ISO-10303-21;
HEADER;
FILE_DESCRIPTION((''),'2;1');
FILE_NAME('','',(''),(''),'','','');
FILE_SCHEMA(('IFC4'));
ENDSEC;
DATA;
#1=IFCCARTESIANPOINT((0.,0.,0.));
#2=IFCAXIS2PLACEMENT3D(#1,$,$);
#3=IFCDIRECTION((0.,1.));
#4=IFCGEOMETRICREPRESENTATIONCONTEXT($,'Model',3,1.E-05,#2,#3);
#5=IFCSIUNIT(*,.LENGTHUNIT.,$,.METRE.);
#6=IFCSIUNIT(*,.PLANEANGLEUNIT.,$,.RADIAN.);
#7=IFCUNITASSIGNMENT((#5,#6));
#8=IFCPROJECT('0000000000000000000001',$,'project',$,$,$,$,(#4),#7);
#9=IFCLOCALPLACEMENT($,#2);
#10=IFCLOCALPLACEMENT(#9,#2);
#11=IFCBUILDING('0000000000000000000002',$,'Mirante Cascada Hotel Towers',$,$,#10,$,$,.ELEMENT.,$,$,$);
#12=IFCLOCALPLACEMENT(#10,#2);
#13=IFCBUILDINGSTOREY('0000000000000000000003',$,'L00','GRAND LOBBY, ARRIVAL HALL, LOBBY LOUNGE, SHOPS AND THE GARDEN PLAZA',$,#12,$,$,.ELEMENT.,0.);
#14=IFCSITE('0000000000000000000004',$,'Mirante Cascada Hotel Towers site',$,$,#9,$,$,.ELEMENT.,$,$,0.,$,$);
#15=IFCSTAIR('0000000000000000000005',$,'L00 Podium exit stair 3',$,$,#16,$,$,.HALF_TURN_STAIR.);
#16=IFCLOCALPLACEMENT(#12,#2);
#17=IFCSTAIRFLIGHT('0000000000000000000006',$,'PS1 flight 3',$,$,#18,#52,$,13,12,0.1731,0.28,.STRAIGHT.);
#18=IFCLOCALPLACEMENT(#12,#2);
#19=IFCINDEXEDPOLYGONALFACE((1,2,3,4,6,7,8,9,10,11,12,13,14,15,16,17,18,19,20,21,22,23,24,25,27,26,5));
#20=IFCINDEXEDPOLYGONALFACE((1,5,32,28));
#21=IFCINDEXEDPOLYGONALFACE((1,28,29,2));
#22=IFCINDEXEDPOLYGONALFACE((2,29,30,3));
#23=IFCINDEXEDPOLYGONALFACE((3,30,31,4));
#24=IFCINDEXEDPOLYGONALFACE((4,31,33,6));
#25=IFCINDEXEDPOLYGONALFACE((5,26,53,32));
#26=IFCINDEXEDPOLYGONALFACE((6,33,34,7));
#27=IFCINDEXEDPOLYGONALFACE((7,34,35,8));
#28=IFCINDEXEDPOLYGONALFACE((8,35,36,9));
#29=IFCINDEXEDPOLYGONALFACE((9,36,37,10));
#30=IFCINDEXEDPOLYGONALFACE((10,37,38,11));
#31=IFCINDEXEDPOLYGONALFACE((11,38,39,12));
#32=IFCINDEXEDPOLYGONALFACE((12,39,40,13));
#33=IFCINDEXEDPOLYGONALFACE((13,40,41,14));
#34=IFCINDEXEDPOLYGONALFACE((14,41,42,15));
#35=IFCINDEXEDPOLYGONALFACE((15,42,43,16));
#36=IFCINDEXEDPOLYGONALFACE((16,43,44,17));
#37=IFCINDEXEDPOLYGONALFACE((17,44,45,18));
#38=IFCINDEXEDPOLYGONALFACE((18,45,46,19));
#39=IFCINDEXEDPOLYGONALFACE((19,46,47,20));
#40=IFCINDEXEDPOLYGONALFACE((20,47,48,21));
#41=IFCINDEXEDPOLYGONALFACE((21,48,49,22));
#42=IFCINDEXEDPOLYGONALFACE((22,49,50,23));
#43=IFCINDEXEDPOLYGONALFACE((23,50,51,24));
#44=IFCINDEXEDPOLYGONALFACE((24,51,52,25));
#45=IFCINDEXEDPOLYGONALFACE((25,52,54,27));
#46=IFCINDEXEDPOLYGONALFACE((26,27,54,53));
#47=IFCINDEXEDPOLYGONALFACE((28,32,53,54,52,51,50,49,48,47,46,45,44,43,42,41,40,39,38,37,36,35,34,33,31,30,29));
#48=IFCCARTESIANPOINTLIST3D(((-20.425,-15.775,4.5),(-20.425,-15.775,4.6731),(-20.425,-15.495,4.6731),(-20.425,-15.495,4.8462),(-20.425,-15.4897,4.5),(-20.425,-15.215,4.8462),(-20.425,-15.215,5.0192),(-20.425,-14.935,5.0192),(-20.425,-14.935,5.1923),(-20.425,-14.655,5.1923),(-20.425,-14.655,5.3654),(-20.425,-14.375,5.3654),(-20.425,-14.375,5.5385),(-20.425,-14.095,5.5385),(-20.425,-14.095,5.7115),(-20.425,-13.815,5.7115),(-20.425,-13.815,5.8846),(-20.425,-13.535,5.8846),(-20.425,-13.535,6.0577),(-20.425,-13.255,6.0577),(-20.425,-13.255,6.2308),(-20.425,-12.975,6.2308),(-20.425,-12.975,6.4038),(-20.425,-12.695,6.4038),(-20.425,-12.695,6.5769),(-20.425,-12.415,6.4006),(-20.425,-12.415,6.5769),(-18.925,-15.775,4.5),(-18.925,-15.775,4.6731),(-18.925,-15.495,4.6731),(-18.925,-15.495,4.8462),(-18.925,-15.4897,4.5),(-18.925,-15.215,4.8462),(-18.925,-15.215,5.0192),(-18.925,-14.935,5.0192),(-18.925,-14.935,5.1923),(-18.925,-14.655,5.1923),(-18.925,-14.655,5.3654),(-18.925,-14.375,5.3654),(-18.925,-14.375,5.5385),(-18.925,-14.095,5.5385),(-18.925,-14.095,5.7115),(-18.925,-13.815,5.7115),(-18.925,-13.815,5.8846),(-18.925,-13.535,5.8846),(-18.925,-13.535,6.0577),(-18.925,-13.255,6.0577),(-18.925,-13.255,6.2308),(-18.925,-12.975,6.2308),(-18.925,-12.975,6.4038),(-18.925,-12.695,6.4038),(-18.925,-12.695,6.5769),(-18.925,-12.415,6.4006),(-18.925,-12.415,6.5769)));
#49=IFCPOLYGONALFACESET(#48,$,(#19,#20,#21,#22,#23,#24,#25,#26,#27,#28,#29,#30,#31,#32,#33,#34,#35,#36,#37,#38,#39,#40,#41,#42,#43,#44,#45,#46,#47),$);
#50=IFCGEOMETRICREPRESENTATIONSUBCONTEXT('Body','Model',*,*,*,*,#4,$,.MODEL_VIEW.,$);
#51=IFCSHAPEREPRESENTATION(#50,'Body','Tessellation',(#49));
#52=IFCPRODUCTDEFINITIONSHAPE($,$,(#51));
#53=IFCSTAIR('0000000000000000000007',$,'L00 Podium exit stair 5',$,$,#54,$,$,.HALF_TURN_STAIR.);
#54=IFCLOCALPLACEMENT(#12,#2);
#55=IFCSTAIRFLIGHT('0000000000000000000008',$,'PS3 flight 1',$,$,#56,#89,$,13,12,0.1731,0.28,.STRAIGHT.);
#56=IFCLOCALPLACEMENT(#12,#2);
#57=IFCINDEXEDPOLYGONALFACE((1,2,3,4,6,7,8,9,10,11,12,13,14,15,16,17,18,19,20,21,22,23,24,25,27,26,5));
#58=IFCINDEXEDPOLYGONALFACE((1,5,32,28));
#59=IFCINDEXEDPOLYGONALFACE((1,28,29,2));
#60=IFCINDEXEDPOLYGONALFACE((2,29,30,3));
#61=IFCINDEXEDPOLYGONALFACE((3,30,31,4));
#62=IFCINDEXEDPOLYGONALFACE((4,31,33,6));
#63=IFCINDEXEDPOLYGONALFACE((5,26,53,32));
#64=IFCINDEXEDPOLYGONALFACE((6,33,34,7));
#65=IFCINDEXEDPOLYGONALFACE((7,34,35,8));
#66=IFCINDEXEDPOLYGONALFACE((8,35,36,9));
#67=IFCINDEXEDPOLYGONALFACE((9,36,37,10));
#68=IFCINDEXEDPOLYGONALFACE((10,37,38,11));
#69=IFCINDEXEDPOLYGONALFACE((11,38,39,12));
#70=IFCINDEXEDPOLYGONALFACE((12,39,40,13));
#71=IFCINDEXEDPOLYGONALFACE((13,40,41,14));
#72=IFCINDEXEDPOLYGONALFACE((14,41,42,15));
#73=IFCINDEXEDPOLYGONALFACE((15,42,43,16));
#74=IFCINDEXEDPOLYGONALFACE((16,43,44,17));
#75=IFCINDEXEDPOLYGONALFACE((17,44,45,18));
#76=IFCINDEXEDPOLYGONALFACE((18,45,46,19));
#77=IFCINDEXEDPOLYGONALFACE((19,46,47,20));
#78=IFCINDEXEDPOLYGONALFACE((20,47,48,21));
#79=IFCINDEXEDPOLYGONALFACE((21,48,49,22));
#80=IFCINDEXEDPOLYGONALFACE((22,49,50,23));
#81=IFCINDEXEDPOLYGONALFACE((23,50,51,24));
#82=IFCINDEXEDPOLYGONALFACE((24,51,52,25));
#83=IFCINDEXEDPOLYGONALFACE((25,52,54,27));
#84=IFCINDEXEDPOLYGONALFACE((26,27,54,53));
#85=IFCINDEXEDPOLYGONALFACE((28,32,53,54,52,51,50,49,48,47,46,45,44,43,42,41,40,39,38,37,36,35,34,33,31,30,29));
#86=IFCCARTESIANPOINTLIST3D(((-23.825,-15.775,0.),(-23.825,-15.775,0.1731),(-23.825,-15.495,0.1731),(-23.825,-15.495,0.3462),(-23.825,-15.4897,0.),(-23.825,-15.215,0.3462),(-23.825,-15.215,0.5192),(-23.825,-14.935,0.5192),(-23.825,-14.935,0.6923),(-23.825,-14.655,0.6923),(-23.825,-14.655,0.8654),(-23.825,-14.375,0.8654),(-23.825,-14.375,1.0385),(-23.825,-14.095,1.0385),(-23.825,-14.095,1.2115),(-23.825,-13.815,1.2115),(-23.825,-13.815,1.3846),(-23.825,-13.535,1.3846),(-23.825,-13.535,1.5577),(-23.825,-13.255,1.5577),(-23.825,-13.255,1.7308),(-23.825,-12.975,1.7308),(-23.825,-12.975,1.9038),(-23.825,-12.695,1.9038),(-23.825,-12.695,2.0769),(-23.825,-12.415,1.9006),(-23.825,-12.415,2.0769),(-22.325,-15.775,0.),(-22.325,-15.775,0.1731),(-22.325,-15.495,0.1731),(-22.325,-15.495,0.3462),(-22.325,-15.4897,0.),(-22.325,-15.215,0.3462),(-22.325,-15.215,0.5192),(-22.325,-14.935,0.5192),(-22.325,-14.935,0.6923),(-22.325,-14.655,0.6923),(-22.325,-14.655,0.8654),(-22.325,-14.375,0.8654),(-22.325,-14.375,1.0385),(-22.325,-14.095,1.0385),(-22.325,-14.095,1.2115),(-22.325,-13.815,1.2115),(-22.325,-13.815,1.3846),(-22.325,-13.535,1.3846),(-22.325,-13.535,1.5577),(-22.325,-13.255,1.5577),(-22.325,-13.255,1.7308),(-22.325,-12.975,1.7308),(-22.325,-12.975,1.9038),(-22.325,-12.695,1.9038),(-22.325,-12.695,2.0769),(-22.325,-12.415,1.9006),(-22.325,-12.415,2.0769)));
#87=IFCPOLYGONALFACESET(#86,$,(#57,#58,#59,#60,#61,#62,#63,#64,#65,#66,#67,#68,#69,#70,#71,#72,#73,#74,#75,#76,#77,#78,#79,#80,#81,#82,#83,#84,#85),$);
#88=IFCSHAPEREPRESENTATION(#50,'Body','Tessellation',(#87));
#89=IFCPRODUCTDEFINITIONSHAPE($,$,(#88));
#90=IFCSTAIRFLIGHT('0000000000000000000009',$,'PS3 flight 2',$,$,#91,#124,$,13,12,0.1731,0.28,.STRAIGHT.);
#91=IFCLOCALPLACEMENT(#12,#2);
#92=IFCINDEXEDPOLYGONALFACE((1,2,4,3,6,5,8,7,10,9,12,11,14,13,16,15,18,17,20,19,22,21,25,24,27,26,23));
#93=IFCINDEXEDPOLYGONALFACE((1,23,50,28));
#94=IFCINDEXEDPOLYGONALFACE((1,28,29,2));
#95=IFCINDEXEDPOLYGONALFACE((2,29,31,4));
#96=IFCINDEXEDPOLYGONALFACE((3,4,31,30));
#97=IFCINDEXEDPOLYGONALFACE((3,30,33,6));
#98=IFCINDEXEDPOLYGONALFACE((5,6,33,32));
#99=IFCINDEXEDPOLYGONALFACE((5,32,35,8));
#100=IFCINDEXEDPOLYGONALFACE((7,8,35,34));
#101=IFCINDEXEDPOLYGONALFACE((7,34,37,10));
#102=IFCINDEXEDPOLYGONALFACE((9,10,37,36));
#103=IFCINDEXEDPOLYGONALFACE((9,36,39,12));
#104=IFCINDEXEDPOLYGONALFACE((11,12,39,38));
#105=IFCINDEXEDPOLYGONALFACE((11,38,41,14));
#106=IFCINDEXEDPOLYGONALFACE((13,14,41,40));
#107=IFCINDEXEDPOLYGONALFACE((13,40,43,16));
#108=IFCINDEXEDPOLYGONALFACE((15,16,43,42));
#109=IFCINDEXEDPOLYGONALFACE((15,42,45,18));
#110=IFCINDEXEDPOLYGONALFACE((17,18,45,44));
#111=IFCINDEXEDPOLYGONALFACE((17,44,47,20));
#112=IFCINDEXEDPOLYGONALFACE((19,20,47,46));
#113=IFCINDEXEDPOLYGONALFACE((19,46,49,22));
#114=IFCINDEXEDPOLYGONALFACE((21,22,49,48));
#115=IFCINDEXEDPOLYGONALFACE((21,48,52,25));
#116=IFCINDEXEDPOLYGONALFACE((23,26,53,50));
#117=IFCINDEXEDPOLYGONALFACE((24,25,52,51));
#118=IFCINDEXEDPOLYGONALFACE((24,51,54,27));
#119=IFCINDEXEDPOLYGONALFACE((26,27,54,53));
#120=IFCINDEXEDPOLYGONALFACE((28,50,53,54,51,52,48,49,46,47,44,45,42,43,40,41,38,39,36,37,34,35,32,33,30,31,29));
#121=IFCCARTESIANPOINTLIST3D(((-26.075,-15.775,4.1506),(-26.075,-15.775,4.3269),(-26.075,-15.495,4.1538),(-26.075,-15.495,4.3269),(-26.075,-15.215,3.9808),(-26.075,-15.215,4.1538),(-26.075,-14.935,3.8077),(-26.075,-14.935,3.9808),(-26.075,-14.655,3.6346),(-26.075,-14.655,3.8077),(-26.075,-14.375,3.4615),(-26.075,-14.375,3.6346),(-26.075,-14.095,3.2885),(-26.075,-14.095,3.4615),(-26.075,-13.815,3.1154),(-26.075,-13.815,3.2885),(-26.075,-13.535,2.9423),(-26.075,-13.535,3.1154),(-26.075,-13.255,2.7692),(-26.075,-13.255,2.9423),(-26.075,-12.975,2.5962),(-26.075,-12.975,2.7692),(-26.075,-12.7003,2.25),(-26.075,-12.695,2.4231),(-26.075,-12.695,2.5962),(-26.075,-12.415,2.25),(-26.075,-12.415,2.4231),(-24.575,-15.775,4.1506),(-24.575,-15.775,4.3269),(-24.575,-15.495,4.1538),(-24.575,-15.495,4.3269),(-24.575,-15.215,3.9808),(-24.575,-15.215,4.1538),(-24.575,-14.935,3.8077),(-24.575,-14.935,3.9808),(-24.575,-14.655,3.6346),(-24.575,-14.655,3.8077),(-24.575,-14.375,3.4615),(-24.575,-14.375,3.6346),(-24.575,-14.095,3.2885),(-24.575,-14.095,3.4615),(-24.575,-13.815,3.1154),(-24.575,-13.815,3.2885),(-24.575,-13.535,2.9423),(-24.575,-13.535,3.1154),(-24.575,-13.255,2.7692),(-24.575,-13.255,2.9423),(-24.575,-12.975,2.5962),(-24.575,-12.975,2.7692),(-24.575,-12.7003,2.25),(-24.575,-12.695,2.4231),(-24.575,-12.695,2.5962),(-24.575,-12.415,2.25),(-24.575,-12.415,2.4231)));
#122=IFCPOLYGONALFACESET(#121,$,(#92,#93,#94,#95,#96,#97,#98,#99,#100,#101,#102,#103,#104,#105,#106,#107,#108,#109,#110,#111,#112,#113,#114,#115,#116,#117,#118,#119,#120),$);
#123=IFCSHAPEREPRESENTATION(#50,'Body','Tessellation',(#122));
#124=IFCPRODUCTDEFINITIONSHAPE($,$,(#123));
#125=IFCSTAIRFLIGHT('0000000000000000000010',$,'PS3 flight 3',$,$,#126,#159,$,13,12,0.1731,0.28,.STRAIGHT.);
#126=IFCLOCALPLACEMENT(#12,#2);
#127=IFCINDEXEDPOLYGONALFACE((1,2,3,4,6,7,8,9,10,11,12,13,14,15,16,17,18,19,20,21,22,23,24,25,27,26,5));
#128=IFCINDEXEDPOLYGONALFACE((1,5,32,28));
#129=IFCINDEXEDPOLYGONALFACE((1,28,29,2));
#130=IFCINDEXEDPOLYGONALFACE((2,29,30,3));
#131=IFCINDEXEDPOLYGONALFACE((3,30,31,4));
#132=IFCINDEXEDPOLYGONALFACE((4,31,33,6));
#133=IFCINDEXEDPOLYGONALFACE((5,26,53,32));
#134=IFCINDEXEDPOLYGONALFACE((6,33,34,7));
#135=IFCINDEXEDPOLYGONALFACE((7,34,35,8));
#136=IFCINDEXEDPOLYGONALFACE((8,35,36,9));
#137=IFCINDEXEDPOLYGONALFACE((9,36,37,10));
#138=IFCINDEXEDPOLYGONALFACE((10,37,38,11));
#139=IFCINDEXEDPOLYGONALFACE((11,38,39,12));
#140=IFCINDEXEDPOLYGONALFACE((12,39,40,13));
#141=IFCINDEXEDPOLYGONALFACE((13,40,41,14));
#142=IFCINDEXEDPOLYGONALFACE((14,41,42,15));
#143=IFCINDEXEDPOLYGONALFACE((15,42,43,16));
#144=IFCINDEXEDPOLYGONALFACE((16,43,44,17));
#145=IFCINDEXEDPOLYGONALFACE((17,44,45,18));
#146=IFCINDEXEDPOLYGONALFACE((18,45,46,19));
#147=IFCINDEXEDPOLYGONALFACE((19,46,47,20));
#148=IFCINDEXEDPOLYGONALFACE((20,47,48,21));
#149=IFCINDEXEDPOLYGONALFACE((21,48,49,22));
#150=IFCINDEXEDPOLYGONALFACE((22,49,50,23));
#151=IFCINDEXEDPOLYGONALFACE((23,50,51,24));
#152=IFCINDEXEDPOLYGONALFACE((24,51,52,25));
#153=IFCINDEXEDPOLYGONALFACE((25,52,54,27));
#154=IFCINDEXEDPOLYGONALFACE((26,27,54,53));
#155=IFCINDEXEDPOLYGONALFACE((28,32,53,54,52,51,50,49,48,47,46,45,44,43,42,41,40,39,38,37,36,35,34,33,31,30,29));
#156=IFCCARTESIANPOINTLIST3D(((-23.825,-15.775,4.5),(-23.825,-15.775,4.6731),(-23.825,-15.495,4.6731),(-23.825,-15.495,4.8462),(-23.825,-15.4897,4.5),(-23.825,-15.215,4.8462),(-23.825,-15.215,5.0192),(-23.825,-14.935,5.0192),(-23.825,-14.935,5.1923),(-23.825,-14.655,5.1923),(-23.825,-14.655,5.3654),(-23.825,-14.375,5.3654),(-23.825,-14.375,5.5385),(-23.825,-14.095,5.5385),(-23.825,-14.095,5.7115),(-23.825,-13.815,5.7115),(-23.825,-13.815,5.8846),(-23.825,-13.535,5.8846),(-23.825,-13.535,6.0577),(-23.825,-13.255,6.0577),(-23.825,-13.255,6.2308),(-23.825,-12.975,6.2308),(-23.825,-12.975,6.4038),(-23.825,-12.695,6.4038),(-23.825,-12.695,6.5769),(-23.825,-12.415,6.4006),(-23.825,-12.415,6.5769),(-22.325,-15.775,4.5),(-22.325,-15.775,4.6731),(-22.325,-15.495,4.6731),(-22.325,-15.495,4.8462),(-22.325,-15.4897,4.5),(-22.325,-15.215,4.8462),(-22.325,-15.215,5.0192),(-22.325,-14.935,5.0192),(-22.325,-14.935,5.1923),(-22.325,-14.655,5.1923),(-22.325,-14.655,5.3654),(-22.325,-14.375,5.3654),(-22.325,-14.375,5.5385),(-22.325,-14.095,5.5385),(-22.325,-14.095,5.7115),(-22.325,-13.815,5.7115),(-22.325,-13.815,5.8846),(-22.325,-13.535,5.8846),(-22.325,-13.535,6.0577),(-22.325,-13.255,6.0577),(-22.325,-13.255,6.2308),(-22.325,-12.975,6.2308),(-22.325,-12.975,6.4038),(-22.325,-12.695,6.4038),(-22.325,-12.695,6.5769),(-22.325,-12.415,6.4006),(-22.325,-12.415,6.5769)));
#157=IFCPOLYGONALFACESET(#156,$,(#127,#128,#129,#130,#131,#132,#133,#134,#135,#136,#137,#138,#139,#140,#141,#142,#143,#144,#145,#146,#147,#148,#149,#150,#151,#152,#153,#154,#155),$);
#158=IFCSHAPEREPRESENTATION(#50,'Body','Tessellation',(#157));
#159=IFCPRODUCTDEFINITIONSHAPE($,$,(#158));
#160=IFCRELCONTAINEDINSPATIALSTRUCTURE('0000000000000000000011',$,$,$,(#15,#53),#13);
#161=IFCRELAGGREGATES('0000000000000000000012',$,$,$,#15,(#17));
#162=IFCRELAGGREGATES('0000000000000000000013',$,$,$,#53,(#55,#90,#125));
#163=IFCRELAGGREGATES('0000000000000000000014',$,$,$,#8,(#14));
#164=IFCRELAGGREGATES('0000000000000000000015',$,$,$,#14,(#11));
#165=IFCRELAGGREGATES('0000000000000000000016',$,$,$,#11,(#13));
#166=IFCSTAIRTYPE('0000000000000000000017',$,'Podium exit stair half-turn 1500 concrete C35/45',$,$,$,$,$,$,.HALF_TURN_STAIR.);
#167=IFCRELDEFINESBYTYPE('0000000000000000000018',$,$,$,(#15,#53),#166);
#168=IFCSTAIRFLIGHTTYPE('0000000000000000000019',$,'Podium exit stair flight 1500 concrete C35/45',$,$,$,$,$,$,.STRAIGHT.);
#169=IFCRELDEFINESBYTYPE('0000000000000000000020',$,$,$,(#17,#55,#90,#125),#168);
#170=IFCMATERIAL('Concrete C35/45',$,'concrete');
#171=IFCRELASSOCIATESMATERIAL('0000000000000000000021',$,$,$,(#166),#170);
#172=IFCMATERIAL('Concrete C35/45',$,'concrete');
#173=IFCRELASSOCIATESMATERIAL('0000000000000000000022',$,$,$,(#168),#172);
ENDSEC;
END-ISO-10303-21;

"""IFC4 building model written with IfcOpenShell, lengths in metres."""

from ifc_helpers import new_model, si_unit, direction, frame, origin, place, context, subcontext, project, spatial, polyline, outline, extrude, material, type_object, element, aggregate, save


model = new_model("IFC4")

# Units and contexts
model_context = context("Model", 3, precision=1e-05, world=origin(), true_north=direction((0.0, 1.0)))
body_context = subcontext(model_context, "Body", "Model", "MODEL_VIEW")
ifc_project = project(units=[si_unit("LENGTHUNIT", "METRE"), si_unit("PLANEANGLEUNIT", "RADIAN")], contexts=[model_context])

# Site, building, storey
site_placement = place(None, origin())
site = spatial("IfcSite", under=ifc_project, at=site_placement, Name="Mirante Cascada Hotel Towers site", CompositionType="ELEMENT", RefElevation=0.0)
building_placement = place(site_placement, origin())
building = spatial("IfcBuilding", under=site, at=building_placement, Name="Mirante Cascada Hotel Towers", CompositionType="ELEMENT")
storey_placement = place(building_placement, origin())
storey = spatial("IfcBuildingStorey", under=building, at=storey_placement, Name="L00", Description="GRAND LOBBY, ARRIVAL HALL, LOBBY LOUNGE, SHOPS AND THE GARDEN PLAZA", CompositionType="ELEMENT", Elevation=0.0)

# Stairs, stair flights
ifc_material_1 = material(Name="Concrete C35/45", Category="concrete")
stair_type = type_object("IfcStairType", Name="Podium exit stair half-turn 1500 concrete C35/45", PredefinedType="HALF_TURN_STAIR", material=ifc_material_1)
stair_1_placement = place(storey_placement, origin())
stair_1 = element("IfcStair", 1, at=stair_1_placement, inside=storey, type_object=stair_type, Name="L00 Podium exit stair 3", PredefinedType="HALF_TURN_STAIR")
ifc_material_2 = material(Name="Concrete C35/45", Category="concrete")
stair_flight_type = type_object("IfcStairFlightType", Name="Podium exit stair flight 1500 concrete C35/45", PredefinedType="STRAIGHT", material=ifc_material_2)
stair_flight_1_placement = place(storey_placement, frame((-19.675, -15.775, 4.5), z_axis=(0.0, 0.0, 1.0), x_axis=(0.0, 1.0, 0.0)))
stair_flight_1 = element("IfcStairFlight", 2, at=stair_flight_1_placement, type_object=stair_flight_type, Name="PS1 flight 3", NumberOfRisers=13, NumberOfTreads=12, PredefinedType="STRAIGHT", RiserHeight=0.1731, TreadLength=0.28, context=body_context, shape_type="SweptSolid", body=[
    extrude(outline(polyline([(0.0, 0.0), (0.0, 0.1731), (0.28, 0.1731), (0.28, 0.3462), (0.56, 0.3462), (0.56, 0.5192), (0.84, 0.5192), (0.84, 0.6923), (1.12, 0.6923), (1.12, 0.8654), (1.4, 0.8654), (1.4, 1.0385), (1.68, 1.0385), (1.68, 1.2115), (1.96, 1.2115), (1.96, 1.3846), (2.24, 1.3846), (2.24, 1.5577), (2.52, 1.5577), (2.52, 1.7308), (2.8, 1.7308), (2.8, 1.9038), (3.08, 1.9038), (3.08, 2.0769), (3.36, 2.0769), (3.36, 2.25), (3.36, 1.9006), (0.2853, 0.0), (0.0, 0.0)])), frame((0.0, 0.75, 0.0), z_axis=(0.0, -1.0, 0.0), x_axis=(1.0, 0.0, 0.0)), (0.0, 0.0, 1.0), 1.5),
])
aggregate(stair_1, [stair_flight_1])
stair_2_placement = place(storey_placement, origin())
stair_2 = element("IfcStair", 3, at=stair_2_placement, inside=storey, type_object=stair_type, Name="L00 Podium exit stair 5", PredefinedType="HALF_TURN_STAIR")
stair_flight_2_placement = place(storey_placement, frame((-23.075, -15.775, 0.0), z_axis=(0.0, 0.0, 1.0), x_axis=(0.0, 1.0, 0.0)))
stair_flight_2 = element("IfcStairFlight", 4, at=stair_flight_2_placement, type_object=stair_flight_type, Name="PS3 flight 1", NumberOfRisers=13, NumberOfTreads=12, PredefinedType="STRAIGHT", RiserHeight=0.1731, TreadLength=0.28, context=body_context, shape_type="SweptSolid", body=[
    extrude(outline(polyline([(0.0, 0.0), (0.0, 0.1731), (0.28, 0.1731), (0.28, 0.3462), (0.56, 0.3462), (0.56, 0.5192), (0.84, 0.5192), (0.84, 0.6923), (1.12, 0.6923), (1.12, 0.8654), (1.4, 0.8654), (1.4, 1.0385), (1.68, 1.0385), (1.68, 1.2115), (1.96, 1.2115), (1.96, 1.3846), (2.24, 1.3846), (2.24, 1.5577), (2.52, 1.5577), (2.52, 1.7308), (2.8, 1.7308), (2.8, 1.9038), (3.08, 1.9038), (3.08, 2.0769), (3.36, 2.0769), (3.36, 2.25), (3.36, 1.9006), (0.2853, 0.0), (0.0, 0.0)])), frame((0.0, 0.75, 0.0), z_axis=(0.0, -1.0, 0.0), x_axis=(1.0, 0.0, 0.0)), (0.0, 0.0, 1.0), 1.5),
])
stair_flight_3_placement = place(storey_placement, frame((-25.325, -12.415, 2.25), z_axis=(0.0, 0.0, 1.0), x_axis=(0.0, -1.0, 0.0)))
stair_flight_3 = element("IfcStairFlight", 5, at=stair_flight_3_placement, type_object=stair_flight_type, Name="PS3 flight 2", NumberOfRisers=13, NumberOfTreads=12, PredefinedType="STRAIGHT", RiserHeight=0.1731, TreadLength=0.28, context=body_context, shape_type="SweptSolid", body=[
    extrude(outline(polyline([(0.0, 0.0), (0.0, 0.1731), (0.28, 0.1731), (0.28, 0.3462), (0.56, 0.3462), (0.56, 0.5192), (0.84, 0.5192), (0.84, 0.6923), (1.12, 0.6923), (1.12, 0.8654), (1.4, 0.8654), (1.4, 1.0385), (1.68, 1.0385), (1.68, 1.2115), (1.96, 1.2115), (1.96, 1.3846), (2.24, 1.3846), (2.24, 1.5577), (2.52, 1.5577), (2.52, 1.7308), (2.8, 1.7308), (2.8, 1.9038), (3.08, 1.9038), (3.08, 2.0769), (3.36, 2.0769), (3.36, 2.25), (3.36, 1.9006), (0.2853, 0.0), (0.0, 0.0)])), frame((0.0, 0.75, 0.0), z_axis=(0.0, -1.0, 0.0), x_axis=(1.0, 0.0, 0.0)), (0.0, 0.0, 1.0), 1.5),
])
stair_flight_4_placement = place(storey_placement, frame((-23.075, -15.775, 4.5), z_axis=(0.0, 0.0, 1.0), x_axis=(0.0, 1.0, 0.0)))
stair_flight_4 = element("IfcStairFlight", 6, at=stair_flight_4_placement, type_object=stair_flight_type, Name="PS3 flight 3", NumberOfRisers=13, NumberOfTreads=12, PredefinedType="STRAIGHT", RiserHeight=0.1731, TreadLength=0.28, context=body_context, shape_type="SweptSolid", body=[
    extrude(outline(polyline([(0.0, 0.0), (0.0, 0.1731), (0.28, 0.1731), (0.28, 0.3462), (0.56, 0.3462), (0.56, 0.5192), (0.84, 0.5192), (0.84, 0.6923), (1.12, 0.6923), (1.12, 0.8654), (1.4, 0.8654), (1.4, 1.0385), (1.68, 1.0385), (1.68, 1.2115), (1.96, 1.2115), (1.96, 1.3846), (2.24, 1.3846), (2.24, 1.5577), (2.52, 1.5577), (2.52, 1.7308), (2.8, 1.7308), (2.8, 1.9038), (3.08, 1.9038), (3.08, 2.0769), (3.36, 2.0769), (3.36, 2.25), (3.36, 1.9006), (0.2853, 0.0), (0.0, 0.0)])), frame((0.0, 0.75, 0.0), z_axis=(0.0, -1.0, 0.0), x_axis=(1.0, 0.0, 0.0)), (0.0, 0.0, 1.0), 1.5),
])
aggregate(stair_2, [stair_flight_2, stair_flight_3, stair_flight_4])

save(model, "model.ifc")
